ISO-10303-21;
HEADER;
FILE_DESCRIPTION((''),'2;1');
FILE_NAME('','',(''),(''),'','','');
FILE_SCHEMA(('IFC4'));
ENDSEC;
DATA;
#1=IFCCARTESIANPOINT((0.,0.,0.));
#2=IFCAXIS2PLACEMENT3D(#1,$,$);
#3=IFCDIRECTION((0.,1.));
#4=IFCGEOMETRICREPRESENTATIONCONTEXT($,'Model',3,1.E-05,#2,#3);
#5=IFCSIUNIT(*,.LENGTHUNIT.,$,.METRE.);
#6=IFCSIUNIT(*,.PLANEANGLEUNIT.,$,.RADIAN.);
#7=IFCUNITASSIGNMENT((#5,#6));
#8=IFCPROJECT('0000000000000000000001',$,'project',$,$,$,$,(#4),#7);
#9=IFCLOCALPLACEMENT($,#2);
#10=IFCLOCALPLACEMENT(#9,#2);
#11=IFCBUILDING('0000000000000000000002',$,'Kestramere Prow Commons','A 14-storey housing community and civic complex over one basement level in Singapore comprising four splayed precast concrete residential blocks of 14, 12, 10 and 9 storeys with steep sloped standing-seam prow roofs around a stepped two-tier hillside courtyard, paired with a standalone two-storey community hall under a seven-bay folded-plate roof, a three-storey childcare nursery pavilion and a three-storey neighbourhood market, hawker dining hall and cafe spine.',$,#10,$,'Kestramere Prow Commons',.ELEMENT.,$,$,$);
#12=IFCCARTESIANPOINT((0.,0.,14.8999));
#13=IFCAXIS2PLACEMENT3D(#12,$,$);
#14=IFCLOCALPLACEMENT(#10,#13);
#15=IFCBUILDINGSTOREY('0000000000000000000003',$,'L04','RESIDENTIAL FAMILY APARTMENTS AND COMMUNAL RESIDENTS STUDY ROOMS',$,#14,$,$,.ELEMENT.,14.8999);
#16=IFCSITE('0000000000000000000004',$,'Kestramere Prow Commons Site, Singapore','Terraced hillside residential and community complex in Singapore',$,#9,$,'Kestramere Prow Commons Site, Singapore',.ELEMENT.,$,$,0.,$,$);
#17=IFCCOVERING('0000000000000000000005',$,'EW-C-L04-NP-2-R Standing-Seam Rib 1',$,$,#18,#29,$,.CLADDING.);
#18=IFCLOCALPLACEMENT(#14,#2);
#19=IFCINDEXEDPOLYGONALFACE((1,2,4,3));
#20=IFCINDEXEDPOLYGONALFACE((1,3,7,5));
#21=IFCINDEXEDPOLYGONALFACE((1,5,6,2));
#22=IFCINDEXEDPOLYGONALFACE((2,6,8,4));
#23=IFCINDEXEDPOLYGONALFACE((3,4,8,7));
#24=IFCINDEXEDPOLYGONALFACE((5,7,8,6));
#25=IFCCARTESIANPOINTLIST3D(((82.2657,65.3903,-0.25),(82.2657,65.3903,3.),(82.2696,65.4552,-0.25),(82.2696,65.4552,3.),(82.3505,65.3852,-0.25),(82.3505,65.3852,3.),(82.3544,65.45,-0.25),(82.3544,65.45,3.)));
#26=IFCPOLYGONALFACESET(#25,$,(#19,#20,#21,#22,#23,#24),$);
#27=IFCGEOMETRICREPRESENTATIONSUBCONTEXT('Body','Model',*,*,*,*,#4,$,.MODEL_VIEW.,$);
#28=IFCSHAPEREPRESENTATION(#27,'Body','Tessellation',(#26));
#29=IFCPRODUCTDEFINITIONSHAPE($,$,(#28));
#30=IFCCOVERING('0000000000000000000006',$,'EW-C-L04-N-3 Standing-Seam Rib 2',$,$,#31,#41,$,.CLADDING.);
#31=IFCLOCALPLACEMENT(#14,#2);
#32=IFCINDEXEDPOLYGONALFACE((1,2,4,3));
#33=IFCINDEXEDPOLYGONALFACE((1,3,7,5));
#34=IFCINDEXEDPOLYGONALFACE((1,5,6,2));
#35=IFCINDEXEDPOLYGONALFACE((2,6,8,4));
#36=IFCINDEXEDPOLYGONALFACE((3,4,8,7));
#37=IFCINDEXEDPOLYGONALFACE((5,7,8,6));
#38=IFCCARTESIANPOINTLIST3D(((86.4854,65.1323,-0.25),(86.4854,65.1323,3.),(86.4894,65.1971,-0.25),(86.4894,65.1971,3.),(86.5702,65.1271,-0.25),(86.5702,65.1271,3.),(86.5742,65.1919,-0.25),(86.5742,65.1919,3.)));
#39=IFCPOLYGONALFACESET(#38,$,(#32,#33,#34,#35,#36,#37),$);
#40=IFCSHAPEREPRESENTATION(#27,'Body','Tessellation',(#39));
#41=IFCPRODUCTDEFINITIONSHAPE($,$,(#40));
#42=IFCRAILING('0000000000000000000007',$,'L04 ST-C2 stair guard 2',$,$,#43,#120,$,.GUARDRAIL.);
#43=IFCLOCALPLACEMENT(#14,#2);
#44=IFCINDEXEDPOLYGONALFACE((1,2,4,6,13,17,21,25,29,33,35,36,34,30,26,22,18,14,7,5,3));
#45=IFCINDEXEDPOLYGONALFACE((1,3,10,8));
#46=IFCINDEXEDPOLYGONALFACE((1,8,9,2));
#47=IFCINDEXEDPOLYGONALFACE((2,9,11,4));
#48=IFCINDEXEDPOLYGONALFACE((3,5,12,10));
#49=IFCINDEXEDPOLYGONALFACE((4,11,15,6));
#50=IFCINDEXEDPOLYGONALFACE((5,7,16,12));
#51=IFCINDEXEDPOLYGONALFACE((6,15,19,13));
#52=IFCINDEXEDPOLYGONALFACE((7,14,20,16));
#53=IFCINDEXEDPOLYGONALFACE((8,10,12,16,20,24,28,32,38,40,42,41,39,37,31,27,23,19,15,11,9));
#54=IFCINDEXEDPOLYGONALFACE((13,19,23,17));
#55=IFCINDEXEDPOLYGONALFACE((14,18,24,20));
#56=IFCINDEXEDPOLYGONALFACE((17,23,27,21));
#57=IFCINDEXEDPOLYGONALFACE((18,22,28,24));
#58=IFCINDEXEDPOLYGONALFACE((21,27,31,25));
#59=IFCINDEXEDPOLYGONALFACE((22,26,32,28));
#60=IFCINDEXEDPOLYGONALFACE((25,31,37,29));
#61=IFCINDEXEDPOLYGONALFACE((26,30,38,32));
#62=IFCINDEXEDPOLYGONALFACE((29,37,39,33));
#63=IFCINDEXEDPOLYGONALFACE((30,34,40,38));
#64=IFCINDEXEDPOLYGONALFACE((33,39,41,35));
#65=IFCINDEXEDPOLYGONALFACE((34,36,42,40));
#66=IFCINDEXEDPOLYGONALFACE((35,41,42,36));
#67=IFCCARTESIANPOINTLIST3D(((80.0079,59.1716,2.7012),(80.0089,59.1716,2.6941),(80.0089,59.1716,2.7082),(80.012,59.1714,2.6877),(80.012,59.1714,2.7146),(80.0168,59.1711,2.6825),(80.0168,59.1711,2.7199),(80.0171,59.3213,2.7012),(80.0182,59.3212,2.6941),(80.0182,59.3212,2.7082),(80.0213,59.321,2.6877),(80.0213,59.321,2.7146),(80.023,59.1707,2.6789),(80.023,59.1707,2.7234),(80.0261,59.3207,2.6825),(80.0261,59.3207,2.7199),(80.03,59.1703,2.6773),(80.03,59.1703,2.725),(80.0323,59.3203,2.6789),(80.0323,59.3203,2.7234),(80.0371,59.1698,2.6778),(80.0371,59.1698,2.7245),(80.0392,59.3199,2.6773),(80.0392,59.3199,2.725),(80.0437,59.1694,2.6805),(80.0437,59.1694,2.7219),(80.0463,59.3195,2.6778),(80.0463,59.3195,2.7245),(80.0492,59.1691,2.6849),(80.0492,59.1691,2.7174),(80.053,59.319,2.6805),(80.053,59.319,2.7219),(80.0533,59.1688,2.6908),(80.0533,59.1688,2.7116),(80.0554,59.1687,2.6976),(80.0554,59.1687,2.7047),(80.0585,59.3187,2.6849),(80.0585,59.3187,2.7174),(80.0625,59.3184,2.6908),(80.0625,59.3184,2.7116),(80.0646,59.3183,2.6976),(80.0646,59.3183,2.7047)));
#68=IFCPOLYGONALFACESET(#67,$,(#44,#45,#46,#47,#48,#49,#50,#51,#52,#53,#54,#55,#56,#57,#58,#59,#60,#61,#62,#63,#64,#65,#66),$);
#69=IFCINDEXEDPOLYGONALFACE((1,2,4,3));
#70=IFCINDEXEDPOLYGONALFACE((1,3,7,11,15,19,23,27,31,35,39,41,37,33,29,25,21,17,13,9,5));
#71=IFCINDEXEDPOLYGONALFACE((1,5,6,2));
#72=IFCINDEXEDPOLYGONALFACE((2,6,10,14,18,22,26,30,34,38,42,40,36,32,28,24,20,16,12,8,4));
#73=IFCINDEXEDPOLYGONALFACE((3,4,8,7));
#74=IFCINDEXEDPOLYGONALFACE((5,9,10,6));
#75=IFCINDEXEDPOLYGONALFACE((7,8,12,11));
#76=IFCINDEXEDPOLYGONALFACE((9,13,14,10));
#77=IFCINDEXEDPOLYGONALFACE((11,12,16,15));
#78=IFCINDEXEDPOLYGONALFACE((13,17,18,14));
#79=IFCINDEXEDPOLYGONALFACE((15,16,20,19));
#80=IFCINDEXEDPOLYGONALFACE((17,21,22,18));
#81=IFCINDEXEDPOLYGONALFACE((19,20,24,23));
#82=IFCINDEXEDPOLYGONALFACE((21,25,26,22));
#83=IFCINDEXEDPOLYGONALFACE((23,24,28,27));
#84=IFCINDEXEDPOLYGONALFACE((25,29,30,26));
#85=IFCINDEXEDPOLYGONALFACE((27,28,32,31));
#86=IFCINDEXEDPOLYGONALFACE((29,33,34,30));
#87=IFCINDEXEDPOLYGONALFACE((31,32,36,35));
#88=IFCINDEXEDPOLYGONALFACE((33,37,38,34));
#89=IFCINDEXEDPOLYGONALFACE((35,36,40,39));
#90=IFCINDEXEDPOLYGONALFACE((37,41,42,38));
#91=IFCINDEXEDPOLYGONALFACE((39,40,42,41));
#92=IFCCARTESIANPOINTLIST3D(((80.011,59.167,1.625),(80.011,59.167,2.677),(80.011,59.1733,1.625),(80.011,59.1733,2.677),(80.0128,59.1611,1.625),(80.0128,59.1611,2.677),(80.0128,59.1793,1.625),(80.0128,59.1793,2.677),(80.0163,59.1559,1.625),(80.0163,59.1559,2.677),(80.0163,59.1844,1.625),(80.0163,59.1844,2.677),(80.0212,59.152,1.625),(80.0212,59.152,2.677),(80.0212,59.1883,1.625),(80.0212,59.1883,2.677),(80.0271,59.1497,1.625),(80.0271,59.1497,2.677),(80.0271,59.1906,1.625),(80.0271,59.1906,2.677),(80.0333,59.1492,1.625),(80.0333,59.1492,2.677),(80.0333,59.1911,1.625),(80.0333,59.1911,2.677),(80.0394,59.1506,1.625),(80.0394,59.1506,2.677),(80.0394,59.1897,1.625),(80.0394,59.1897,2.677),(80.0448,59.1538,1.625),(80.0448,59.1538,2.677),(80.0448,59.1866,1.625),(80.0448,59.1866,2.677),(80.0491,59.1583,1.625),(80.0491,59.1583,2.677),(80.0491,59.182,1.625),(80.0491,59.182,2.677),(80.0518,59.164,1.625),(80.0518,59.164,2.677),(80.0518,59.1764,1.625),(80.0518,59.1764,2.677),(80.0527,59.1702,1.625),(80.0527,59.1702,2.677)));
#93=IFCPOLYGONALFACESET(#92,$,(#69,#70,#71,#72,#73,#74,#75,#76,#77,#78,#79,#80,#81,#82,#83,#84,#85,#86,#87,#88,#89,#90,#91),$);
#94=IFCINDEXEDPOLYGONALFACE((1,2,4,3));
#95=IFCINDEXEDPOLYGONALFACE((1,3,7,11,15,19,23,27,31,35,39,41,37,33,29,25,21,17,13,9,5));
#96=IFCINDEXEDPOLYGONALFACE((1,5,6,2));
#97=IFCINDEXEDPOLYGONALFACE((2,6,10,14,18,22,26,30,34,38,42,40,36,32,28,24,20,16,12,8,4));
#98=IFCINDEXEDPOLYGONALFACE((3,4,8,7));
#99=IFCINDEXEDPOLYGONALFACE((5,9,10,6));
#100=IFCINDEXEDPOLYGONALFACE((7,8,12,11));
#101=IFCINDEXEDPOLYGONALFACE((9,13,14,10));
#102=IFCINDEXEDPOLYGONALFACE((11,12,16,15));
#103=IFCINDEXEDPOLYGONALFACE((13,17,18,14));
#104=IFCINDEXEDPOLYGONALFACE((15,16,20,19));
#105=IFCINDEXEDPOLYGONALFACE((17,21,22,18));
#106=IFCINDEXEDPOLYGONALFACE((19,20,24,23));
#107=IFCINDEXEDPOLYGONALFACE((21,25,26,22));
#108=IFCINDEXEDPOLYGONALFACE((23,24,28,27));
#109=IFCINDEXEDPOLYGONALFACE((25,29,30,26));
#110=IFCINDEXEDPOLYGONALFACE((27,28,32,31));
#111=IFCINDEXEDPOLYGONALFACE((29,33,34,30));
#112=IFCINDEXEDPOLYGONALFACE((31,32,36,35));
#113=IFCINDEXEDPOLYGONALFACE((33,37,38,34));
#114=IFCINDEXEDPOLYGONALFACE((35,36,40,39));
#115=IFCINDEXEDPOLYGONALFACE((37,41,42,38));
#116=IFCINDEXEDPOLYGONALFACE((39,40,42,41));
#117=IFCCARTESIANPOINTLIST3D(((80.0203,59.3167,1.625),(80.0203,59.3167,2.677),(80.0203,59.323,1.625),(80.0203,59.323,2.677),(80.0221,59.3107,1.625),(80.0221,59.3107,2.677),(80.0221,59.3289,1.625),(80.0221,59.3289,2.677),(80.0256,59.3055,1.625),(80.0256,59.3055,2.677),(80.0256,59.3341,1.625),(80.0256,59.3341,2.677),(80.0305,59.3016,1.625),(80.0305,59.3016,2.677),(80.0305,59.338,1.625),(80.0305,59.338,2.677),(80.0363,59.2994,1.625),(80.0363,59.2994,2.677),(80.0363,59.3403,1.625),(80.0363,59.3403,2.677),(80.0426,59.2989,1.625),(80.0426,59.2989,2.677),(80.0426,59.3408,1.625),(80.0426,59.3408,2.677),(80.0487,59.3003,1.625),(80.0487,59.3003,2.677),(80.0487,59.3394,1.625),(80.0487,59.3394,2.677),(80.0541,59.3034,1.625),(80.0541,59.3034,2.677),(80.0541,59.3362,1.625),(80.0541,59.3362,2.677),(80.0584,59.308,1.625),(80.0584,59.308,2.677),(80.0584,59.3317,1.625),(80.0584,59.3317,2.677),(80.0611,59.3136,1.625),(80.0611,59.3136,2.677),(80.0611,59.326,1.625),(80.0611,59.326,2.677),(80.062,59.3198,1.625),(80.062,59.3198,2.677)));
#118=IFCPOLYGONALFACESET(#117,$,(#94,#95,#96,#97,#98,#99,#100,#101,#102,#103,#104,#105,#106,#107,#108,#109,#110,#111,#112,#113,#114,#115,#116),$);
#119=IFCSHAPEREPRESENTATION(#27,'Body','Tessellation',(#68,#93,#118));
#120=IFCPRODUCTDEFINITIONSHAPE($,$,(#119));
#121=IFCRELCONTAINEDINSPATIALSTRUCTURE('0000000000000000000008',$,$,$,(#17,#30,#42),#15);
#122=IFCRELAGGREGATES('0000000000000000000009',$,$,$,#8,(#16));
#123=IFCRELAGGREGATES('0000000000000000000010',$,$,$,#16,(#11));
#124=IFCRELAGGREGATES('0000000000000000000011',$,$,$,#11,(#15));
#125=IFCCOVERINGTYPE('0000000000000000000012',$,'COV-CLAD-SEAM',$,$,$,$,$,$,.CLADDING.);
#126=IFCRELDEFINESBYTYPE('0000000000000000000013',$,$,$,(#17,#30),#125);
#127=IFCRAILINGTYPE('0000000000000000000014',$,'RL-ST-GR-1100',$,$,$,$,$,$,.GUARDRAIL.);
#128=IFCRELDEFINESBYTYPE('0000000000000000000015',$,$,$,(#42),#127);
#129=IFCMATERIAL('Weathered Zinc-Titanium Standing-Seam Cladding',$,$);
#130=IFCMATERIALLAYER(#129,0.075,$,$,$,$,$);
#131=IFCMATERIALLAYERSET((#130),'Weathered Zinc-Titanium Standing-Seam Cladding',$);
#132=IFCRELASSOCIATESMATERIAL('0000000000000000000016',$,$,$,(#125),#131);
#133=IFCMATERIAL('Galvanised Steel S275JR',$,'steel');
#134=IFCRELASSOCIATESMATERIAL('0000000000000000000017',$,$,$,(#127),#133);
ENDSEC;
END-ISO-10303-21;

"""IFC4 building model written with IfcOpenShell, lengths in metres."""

from ifc_helpers import new_model, si_unit, direction, frame, origin, origin_2d, place, context, subcontext, project, spatial, rectangle, circle, extrude, material, layer, layer_set, type_object, element, save


model = new_model("IFC4")

# Units and contexts
model_context = context("Model", 3, precision=1e-05, world=origin(), true_north=direction((0.0, 1.0)))
body_context = subcontext(model_context, "Body", "Model", "MODEL_VIEW")
ifc_project = project(units=[si_unit("LENGTHUNIT", "METRE"), si_unit("PLANEANGLEUNIT", "RADIAN")], contexts=[model_context])

# Site, building, storey
site_placement = place(None, origin())
site = spatial("IfcSite", under=ifc_project, at=site_placement, Name="Kestramere Prow Commons Site, Singapore", Description="Terraced hillside residential and community complex in Singapore", LongName="Kestramere Prow Commons Site, Singapore", CompositionType="ELEMENT", RefElevation=0.0)
building_placement = place(site_placement, origin())
building = spatial("IfcBuilding", under=site, at=building_placement, Name="Kestramere Prow Commons", Description="A 14-storey housing community and civic complex over one basement level in Singapore comprising four splayed precast concrete residential blocks of 14, 12, 10 and 9 storeys with steep sloped standing-seam prow roofs around a stepped two-tier hillside courtyard, paired with a standalone two-storey community hall under a seven-bay folded-plate roof, a three-storey childcare nursery pavilion and a three-storey neighbourhood market, hawker dining hall and cafe spine.", LongName="Kestramere Prow Commons", CompositionType="ELEMENT")
storey_placement = place(building_placement, frame((0.0, 0.0, 14.8999)))
storey = spatial("IfcBuildingStorey", under=building, at=storey_placement, Name="L04", Description="RESIDENTIAL FAMILY APARTMENTS AND COMMUNAL RESIDENTS STUDY ROOMS", CompositionType="ELEMENT", Elevation=14.8999)

# Coverings
ifc_material_1 = material(Name="Weathered Zinc-Titanium Standing-Seam Cladding")
ifc_layer_1 = layer(ifc_material_1, 0.075)
ifc_layer_set_1 = layer_set([ifc_layer_1], Name="Weathered Zinc-Titanium Standing-Seam Cladding")
covering_type = type_object("IfcCoveringType", Name="COV-CLAD-SEAM", PredefinedType="CLADDING", material=ifc_layer_set_1)
for number, where, z_axis, x_axis, name in (
    (1, (82.3101, 65.4202, -0.25), (0.0, 0.0, 1.0), (0.998135, -0.061049, 0.0), "EW-C-L04-NP-2-R Standing-Seam Rib 1"),
    (2, (86.5298, 65.1621, -0.25), (0.0, 0.0, 1.0), (0.998135, -0.061049, 0.0), "EW-C-L04-N-3 Standing-Seam Rib 2"),
):
    element("IfcCovering", number, at=place(storey_placement, frame(where, z_axis=z_axis, x_axis=x_axis)), inside=storey, type_object=covering_type, Name=name, PredefinedType="CLADDING", context=body_context, shape_type="SweptSolid", body=[
        extrude(rectangle(XDim=0.085, YDim=0.0649, at=origin_2d()), origin(), (0.0, 0.0, 1.0), 3.25),
    ])

# Railing
ifc_material_2 = material(Name="Galvanised Steel S275JR", Category="steel")
railing_type_1 = type_object("IfcRailingType", Name="RL-ST-GR-1100", PredefinedType="GUARDRAIL", material=ifc_material_2)
railing_1_placement = place(storey_placement, frame((80.0317, 59.1702, 1.625)))
element("IfcRailing", 3, at=railing_1_placement, inside=storey, type_object=railing_type_1, Name="L04 ST-C2 stair guard 2", PredefinedType="GUARDRAIL", context=body_context, shape_type="SweptSolid", body=[
    extrude(circle(Radius=0.0239, at=origin_2d()), frame((0.0, 0.0, 1.0762), z_axis=(0.061871, 0.998084, 0.0), x_axis=(-0.998084, 0.061871, 0.0)), (0.0, 0.0, 1.0), 0.1499),
    extrude(circle(Radius=0.021, at=origin_2d()), origin(), (0.0, 0.0, 1.0), 1.052),
    extrude(circle(Radius=0.021, at=origin_2d()), frame((0.0093, 0.1497, 0.0)), (0.0, 0.0, 1.0), 1.052),
])

save(model, "model.ifc")
